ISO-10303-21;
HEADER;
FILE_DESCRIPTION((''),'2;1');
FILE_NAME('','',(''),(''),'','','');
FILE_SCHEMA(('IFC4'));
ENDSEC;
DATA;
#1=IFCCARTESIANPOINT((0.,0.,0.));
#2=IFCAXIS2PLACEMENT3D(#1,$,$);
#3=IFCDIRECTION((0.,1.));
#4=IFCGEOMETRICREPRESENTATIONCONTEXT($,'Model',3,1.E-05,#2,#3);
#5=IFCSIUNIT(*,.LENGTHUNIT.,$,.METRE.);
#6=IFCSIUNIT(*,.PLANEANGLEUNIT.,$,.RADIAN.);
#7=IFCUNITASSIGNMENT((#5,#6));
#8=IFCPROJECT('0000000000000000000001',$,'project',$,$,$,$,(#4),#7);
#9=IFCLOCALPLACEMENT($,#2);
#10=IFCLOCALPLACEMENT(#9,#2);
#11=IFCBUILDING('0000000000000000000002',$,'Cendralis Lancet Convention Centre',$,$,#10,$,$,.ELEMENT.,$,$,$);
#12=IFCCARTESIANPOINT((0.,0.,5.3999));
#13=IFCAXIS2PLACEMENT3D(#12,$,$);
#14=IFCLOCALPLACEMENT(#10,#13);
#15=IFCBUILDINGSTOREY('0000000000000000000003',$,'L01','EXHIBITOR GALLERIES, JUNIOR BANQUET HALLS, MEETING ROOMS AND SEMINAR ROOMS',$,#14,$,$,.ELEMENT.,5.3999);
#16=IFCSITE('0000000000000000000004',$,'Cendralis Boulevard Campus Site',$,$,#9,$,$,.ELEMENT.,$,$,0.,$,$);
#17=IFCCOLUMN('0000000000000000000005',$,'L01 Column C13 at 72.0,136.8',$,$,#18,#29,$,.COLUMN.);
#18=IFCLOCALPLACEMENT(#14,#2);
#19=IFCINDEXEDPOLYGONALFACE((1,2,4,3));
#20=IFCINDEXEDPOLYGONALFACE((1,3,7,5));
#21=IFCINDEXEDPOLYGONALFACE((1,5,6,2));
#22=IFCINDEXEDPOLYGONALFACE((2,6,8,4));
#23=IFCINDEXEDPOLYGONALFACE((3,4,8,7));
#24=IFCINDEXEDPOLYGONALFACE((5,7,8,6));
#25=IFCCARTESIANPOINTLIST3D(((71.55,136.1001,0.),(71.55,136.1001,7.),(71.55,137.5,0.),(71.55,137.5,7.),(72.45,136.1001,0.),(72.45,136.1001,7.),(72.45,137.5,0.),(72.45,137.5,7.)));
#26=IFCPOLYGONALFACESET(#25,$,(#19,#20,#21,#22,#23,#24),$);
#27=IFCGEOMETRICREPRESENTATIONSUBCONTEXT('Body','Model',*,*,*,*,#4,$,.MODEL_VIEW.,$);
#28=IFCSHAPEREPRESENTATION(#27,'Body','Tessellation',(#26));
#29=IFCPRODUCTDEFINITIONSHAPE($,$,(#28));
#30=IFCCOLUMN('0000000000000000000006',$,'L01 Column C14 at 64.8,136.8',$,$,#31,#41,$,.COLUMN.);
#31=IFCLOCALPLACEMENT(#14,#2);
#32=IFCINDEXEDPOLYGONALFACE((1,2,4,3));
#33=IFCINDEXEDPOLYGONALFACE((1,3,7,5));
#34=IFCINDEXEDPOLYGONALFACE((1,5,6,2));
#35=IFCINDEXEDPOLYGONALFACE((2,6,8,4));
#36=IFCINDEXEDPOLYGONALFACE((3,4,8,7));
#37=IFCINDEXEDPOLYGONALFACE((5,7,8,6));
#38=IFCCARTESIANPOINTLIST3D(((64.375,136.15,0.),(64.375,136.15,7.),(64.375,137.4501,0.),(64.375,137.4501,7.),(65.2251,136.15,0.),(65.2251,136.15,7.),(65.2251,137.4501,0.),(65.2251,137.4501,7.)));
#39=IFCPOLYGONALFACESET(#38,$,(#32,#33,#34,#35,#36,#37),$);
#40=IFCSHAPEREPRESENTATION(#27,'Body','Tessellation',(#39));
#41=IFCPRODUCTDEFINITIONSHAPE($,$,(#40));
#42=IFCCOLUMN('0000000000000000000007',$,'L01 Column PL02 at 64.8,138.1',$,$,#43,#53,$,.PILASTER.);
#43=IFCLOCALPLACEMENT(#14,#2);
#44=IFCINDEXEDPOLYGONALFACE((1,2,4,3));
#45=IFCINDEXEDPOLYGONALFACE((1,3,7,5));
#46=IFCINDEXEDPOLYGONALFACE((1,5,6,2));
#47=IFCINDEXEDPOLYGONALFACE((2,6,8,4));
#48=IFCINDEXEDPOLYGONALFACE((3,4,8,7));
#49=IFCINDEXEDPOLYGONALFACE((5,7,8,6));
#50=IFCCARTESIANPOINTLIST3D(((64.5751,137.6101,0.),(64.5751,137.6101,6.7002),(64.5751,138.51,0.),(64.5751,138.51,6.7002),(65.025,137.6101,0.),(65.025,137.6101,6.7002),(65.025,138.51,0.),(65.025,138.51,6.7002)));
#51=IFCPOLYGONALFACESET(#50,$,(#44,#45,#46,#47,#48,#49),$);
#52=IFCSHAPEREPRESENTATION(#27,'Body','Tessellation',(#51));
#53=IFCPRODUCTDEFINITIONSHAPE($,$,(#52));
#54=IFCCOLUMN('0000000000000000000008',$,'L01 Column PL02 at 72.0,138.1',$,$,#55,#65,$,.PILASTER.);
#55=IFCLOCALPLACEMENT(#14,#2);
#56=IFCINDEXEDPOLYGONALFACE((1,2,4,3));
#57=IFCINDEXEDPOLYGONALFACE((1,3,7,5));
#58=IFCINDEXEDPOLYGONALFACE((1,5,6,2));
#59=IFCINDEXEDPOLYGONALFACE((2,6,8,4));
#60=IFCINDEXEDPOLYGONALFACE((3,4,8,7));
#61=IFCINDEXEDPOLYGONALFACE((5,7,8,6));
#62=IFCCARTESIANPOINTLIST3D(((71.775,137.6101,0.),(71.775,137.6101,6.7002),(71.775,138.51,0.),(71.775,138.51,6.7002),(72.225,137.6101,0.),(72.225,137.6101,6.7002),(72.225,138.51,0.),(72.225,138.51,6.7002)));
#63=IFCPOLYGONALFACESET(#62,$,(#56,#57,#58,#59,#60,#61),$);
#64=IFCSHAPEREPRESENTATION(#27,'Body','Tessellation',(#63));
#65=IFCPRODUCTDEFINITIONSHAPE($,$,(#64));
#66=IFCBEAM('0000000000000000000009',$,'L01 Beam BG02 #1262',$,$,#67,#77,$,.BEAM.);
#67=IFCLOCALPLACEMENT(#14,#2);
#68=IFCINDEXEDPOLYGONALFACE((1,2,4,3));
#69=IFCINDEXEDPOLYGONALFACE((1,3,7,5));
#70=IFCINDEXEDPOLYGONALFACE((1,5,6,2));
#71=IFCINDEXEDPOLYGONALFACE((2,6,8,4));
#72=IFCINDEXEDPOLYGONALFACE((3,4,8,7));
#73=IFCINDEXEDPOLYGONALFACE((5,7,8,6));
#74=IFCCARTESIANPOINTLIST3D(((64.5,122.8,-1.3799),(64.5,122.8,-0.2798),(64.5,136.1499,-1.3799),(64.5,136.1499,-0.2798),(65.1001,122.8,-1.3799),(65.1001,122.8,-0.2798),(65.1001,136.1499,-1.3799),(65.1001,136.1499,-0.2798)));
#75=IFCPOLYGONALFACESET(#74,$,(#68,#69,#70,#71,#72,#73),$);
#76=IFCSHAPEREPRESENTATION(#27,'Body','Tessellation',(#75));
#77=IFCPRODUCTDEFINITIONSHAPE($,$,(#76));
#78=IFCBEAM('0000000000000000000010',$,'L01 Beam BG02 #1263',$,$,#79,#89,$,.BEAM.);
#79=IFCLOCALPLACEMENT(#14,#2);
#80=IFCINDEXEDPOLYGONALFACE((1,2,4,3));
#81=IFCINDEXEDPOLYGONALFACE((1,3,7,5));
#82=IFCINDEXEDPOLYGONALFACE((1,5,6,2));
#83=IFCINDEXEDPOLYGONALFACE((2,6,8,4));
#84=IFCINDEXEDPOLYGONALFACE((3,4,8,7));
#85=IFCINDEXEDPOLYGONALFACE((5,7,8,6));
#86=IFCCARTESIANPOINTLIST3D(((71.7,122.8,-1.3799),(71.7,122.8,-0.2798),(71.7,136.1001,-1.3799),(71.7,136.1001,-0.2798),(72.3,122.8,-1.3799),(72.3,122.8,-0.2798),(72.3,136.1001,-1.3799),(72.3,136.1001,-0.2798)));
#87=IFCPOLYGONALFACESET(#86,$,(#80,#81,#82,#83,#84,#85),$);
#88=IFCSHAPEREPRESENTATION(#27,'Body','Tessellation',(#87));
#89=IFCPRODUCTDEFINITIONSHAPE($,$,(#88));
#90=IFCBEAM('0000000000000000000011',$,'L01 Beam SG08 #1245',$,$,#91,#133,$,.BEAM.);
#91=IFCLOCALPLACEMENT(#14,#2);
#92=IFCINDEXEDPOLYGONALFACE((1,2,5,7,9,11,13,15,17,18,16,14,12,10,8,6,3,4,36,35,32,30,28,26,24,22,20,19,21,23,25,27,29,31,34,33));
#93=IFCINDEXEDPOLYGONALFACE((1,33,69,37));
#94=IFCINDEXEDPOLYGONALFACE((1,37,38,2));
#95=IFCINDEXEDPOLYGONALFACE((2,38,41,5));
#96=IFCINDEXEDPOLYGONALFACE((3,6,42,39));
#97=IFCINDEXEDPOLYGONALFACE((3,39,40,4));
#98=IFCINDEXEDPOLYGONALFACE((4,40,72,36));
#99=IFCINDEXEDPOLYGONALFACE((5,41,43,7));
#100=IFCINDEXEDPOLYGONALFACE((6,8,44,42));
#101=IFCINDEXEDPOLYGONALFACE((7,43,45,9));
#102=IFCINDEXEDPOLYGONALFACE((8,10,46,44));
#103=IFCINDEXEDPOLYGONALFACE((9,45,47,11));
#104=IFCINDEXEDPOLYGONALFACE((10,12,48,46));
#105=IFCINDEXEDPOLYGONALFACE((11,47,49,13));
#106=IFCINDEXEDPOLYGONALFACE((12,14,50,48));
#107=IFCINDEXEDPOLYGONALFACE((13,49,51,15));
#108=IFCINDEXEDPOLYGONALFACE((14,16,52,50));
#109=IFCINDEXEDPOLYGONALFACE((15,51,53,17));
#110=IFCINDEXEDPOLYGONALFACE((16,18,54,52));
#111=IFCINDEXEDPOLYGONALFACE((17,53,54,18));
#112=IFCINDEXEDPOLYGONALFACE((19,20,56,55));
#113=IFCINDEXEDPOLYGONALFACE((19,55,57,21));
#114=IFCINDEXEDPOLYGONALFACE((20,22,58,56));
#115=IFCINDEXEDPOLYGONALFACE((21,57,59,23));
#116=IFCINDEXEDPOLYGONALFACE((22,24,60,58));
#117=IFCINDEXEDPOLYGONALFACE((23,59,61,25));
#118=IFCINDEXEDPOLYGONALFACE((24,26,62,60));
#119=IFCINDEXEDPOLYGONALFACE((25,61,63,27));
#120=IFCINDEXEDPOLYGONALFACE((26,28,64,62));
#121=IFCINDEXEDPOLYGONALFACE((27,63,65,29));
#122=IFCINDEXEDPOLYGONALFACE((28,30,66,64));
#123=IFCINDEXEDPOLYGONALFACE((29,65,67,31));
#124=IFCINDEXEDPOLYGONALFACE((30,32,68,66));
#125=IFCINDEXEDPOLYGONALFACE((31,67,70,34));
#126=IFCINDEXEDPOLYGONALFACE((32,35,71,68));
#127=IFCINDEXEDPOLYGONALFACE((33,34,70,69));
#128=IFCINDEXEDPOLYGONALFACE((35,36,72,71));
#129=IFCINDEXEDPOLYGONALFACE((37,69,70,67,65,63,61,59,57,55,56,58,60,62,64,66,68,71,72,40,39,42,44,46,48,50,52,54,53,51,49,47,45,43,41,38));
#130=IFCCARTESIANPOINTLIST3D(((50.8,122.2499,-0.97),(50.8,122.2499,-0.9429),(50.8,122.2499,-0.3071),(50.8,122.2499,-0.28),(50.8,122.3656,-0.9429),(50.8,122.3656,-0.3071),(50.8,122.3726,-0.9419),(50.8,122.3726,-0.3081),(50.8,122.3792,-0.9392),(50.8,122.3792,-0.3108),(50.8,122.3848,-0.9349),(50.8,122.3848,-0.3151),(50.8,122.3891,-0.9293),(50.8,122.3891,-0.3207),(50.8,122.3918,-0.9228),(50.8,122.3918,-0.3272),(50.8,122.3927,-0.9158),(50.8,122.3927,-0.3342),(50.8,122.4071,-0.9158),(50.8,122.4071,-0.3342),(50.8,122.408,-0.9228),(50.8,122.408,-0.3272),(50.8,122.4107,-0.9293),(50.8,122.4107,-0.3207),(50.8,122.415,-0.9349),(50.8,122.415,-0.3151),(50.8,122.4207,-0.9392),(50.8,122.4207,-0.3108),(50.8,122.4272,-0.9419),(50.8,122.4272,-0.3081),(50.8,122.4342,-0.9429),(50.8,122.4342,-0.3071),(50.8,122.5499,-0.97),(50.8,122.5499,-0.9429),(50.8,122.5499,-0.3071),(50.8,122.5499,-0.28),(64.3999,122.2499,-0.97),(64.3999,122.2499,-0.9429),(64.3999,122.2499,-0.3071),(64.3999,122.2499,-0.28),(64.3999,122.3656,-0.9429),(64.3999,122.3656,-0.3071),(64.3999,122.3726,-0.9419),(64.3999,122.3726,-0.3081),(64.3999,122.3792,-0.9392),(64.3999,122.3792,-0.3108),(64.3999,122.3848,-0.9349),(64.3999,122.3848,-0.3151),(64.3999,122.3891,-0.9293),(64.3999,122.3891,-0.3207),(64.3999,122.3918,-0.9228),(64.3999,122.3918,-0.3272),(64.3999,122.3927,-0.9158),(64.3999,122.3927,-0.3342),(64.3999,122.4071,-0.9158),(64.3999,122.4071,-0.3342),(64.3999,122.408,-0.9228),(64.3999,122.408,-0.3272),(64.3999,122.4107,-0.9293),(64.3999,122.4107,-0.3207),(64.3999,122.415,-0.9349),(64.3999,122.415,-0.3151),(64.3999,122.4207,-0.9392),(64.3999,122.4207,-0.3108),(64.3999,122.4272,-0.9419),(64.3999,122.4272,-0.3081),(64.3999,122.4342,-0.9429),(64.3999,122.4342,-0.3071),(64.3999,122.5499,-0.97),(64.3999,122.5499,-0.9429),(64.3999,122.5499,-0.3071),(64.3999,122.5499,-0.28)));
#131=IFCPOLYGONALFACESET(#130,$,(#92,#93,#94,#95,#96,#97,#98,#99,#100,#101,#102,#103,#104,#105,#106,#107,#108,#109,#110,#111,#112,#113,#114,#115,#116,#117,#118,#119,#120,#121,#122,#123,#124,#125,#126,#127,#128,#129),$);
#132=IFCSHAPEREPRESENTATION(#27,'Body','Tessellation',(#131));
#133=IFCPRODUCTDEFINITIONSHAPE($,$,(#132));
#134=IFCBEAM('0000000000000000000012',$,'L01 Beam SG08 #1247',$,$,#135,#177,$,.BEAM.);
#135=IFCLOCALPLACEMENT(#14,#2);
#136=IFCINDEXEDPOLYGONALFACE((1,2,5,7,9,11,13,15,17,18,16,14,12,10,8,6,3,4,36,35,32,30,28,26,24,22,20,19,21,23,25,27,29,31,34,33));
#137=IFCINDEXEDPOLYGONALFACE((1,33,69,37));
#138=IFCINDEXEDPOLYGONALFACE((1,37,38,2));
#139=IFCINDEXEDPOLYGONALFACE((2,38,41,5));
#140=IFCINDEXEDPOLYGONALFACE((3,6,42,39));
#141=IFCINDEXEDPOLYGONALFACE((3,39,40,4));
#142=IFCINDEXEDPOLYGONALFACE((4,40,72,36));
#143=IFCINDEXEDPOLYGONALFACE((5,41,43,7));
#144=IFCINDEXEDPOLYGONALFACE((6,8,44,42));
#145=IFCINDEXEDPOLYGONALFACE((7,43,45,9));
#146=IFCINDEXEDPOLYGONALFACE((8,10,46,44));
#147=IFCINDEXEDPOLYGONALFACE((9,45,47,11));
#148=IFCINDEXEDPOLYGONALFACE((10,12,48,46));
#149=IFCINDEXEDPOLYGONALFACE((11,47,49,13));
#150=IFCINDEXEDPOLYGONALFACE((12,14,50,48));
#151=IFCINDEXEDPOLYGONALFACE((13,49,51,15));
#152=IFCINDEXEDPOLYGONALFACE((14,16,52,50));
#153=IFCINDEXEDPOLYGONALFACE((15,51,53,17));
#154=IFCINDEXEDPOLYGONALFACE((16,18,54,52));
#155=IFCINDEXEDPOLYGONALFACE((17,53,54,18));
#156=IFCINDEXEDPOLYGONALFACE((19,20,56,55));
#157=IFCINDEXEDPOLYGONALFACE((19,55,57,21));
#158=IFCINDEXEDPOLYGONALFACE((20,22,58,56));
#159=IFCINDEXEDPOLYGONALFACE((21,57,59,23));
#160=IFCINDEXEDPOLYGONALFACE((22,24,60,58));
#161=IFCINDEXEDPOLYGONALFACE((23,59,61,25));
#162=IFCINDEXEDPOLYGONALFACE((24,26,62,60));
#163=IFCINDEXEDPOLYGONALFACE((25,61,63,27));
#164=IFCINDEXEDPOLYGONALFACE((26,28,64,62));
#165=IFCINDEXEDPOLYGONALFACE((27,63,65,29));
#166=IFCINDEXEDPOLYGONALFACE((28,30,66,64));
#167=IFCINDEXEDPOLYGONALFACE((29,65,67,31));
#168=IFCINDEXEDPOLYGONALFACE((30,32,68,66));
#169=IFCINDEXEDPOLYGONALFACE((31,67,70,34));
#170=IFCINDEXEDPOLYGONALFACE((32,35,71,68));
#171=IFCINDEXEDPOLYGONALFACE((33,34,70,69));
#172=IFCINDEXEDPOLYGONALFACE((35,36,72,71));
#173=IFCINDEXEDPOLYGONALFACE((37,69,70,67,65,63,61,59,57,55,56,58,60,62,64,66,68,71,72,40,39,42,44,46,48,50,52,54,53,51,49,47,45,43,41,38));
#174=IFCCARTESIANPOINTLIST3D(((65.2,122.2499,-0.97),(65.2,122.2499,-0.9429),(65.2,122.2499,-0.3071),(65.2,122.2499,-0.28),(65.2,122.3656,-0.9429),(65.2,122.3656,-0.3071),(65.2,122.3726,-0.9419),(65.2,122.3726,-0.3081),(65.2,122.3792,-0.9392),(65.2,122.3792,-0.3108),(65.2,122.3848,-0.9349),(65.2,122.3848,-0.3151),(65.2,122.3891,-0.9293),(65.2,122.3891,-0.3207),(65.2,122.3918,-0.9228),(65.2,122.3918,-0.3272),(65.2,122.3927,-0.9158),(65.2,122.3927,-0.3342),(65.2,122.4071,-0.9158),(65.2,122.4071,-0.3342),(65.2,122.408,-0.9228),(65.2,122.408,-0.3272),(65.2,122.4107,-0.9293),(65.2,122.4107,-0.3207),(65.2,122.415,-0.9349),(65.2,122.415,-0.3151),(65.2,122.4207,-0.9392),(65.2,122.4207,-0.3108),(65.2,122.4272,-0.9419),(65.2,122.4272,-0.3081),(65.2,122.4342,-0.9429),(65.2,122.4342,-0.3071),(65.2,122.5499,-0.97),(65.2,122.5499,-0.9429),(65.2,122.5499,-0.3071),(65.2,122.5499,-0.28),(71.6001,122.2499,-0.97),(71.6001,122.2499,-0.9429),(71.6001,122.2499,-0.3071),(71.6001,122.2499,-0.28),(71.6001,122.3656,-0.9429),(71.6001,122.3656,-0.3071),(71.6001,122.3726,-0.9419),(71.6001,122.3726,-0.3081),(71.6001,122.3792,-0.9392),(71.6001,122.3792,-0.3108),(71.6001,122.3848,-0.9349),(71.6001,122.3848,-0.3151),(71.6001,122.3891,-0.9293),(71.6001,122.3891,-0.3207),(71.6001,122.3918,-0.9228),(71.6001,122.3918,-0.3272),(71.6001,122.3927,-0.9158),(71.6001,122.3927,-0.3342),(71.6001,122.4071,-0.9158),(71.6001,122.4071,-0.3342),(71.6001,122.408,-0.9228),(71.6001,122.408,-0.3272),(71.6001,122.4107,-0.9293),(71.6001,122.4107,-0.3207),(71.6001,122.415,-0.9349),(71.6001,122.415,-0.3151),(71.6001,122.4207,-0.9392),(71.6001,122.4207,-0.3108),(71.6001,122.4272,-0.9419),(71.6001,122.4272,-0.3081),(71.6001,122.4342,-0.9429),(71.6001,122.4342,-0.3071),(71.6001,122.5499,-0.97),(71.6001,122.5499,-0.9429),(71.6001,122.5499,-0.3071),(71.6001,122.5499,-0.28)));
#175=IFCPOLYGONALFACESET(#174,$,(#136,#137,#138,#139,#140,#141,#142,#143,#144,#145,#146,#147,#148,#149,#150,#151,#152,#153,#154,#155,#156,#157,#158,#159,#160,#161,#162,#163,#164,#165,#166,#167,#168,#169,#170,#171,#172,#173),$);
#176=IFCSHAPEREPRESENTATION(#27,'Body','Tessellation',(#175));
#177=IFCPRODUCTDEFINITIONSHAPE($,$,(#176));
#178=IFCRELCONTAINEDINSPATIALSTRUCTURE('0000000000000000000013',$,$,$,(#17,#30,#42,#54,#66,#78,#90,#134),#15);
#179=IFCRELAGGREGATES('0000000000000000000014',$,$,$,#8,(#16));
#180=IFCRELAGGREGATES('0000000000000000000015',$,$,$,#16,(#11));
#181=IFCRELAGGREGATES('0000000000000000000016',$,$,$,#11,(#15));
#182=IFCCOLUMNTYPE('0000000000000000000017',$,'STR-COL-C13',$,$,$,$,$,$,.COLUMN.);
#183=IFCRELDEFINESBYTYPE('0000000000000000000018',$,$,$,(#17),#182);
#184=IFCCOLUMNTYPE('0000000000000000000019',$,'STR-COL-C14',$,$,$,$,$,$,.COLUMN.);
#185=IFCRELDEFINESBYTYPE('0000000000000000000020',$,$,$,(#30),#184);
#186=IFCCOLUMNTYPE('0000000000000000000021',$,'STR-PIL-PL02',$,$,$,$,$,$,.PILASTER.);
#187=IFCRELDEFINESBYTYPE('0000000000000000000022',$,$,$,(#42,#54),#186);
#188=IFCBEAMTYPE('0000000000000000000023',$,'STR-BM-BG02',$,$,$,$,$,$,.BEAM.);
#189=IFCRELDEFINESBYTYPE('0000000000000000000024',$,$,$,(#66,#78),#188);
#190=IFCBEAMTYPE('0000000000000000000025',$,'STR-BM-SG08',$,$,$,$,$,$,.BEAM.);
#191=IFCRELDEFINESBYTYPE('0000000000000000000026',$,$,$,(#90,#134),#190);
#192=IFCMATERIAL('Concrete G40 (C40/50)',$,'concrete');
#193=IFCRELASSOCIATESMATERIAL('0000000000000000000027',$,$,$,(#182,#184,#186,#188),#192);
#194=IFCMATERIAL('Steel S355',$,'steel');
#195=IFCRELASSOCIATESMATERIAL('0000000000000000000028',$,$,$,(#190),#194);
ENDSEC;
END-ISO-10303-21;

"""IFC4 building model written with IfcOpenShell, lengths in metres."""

from ifc_helpers import new_model, si_unit, direction, frame, origin, origin_2d, place, context, subcontext, project, spatial, rectangle, i_section, extrude, material, material_profile, profile_set, type_object, element, save


model = new_model("IFC4")

# Units and contexts
model_context = context("Model", 3, precision=1e-05, world=origin(), true_north=direction((0.0, 1.0)))
body_context = subcontext(model_context, "Body", "Model", "MODEL_VIEW")
ifc_project = project(units=[si_unit("LENGTHUNIT", "METRE"), si_unit("PLANEANGLEUNIT", "RADIAN")], contexts=[model_context])

# Site, building, storey
site_placement = place(None, origin())
site = spatial("IfcSite", under=ifc_project, at=site_placement, Name="Cendralis Boulevard Campus Site", CompositionType="ELEMENT", RefElevation=0.0)
building_placement = place(site_placement, origin())
building = spatial("IfcBuilding", under=site, at=building_placement, Name="Cendralis Lancet Convention Centre", CompositionType="ELEMENT")
storey_placement = place(building_placement, frame((0.0, 0.0, 5.3999)))
storey = spatial("IfcBuildingStorey", under=building, at=storey_placement, Name="L01", Description="EXHIBITOR GALLERIES, JUNIOR BANQUET HALLS, MEETING ROOMS AND SEMINAR ROOMS", CompositionType="ELEMENT", Elevation=5.3999)

# Columns
ifc_material_1 = material(Name="Concrete G40 (C40/50)", Category="concrete")
ifc_material_profile_1 = material_profile(ifc_material_1, rectangle(XDim=0.8999, YDim=1.3999, at=origin_2d()), Name="RC 900x1400")
ifc_profile_set_1 = profile_set([ifc_material_profile_1], Name="Concrete G40 (C40/50)")
column_type_1 = type_object("IfcColumnType", Name="STR-COL-C13", PredefinedType="COLUMN", material=ifc_profile_set_1)
column_1_placement = place(storey_placement, frame((72.0, 136.8, 0.0), z_axis=(0.0, 0.0, 1.0), x_axis=(1.0, 0.0, 0.0)))
element("IfcColumn", 1, at=column_1_placement, inside=storey, type_object=column_type_1, Name="L01 Column C13 at 72.0,136.8", PredefinedType="COLUMN", context=body_context, shape_type="SweptSolid", body=[
    extrude(rectangle(XDim=0.8999, YDim=1.3999, at=origin_2d()), origin(), (0.0, 0.0, 1.0), 7.0),
])
ifc_material_profile_2 = material_profile(ifc_material_1, rectangle(XDim=0.8501, YDim=1.3, at=origin_2d()), Name="RC 850x1300")
ifc_profile_set_2 = profile_set([ifc_material_profile_2], Name="Concrete G40 (C40/50)")
column_type_2 = type_object("IfcColumnType", Name="STR-COL-C14", PredefinedType="COLUMN", material=ifc_profile_set_2)
column_2_placement = place(storey_placement, frame((64.8, 136.8, 0.0), z_axis=(0.0, 0.0, 1.0), x_axis=(1.0, 0.0, 0.0)))
element("IfcColumn", 2, at=column_2_placement, inside=storey, type_object=column_type_2, Name="L01 Column C14 at 64.8,136.8", PredefinedType="COLUMN", context=body_context, shape_type="SweptSolid", body=[
    extrude(rectangle(XDim=0.8501, YDim=1.3, at=origin_2d()), origin(), (0.0, 0.0, 1.0), 7.0),
])
ifc_material_profile_3 = material_profile(ifc_material_1, rectangle(XDim=0.45, YDim=0.8999, at=origin_2d()), Name="RC 450x900")
ifc_profile_set_3 = profile_set([ifc_material_profile_3], Name="Concrete G40 (C40/50)")
column_type_3 = type_object("IfcColumnType", Name="STR-PIL-PL02", PredefinedType="PILASTER", material=ifc_profile_set_3)
for number, where, z_axis, x_axis, name in (
    (3, (64.8, 138.0601, 0.0), (0.0, 0.0, 1.0), (1.0, 0.0, 0.0), "L01 Column PL02 at 64.8,138.1"),
    (4, (72.0, 138.0601, 0.0), (0.0, 0.0, 1.0), (1.0, 0.0, 0.0), "L01 Column PL02 at 72.0,138.1"),
):
    element("IfcColumn", number, at=place(storey_placement, frame(where, z_axis=z_axis, x_axis=x_axis)), inside=storey, type_object=column_type_3, Name=name, PredefinedType="PILASTER", context=body_context, shape_type="SweptSolid", body=[
        extrude(rectangle(XDim=0.45, YDim=0.8999, at=origin_2d()), origin(), (0.0, 0.0, 1.0), 6.7002),
    ])

# Beams
ifc_material_profile_4 = material_profile(ifc_material_1, rectangle(XDim=0.6001, YDim=1.1001, at=origin_2d()), Name="RCB 600x1100")
ifc_profile_set_4 = profile_set([ifc_material_profile_4], Name="Concrete G40 (C40/50)")
beam_type_1 = type_object("IfcBeamType", Name="STR-BM-BG02", PredefinedType="BEAM", material=ifc_profile_set_4)
beam_1_placement = place(storey_placement, frame((64.8, 122.8, -0.8298), z_axis=(0.0, 1.0, 0.0), x_axis=(-1.0, 0.0, 0.0)))
element("IfcBeam", 5, at=beam_1_placement, inside=storey, type_object=beam_type_1, Name="L01 Beam BG02 #1262", PredefinedType="BEAM", context=body_context, shape_type="SweptSolid", body=[
    extrude(rectangle(XDim=0.6001, YDim=1.1001, at=origin_2d()), origin(), (0.0, 0.0, 1.0), 13.3499),
])
beam_2_placement = place(storey_placement, frame((72.0, 122.8, -0.8298), z_axis=(0.0, 1.0, 0.0), x_axis=(-1.0, 0.0, 0.0)))
element("IfcBeam", 6, at=beam_2_placement, inside=storey, type_object=beam_type_1, Name="L01 Beam BG02 #1263", PredefinedType="BEAM", context=body_context, shape_type="SweptSolid", body=[
    extrude(rectangle(XDim=0.6001, YDim=1.1001, at=origin_2d()), origin(), (0.0, 0.0, 1.0), 13.3),
])
ifc_material_2 = material(Name="Steel S355", Category="steel")
ifc_material_profile_5 = material_profile(ifc_material_2, i_section(OverallWidth=0.3, OverallDepth=0.6899, WebThickness=0.0144, FlangeThickness=0.0271, FilletRadius=0.0271, at=origin_2d()), Name="HEA 700")
ifc_profile_set_5 = profile_set([ifc_material_profile_5], Name="Steel S355")
beam_type_2 = type_object("IfcBeamType", Name="STR-BM-SG08", PredefinedType="BEAM", material=ifc_profile_set_5)
beam_3_placement = place(storey_placement, frame((50.8, 122.3999, -0.625), z_axis=(1.0, 0.0, 0.0), x_axis=(0.0, 1.0, 0.0)))
element("IfcBeam", 7, at=beam_3_placement, inside=storey, type_object=beam_type_2, Name="L01 Beam SG08 #1245", PredefinedType="BEAM", context=body_context, shape_type="SweptSolid", body=[
    extrude(i_section(OverallWidth=0.3, OverallDepth=0.6899, WebThickness=0.0144, FlangeThickness=0.0271, FilletRadius=0.0271, at=origin_2d()), origin(), (0.0, 0.0, 1.0), 13.5999),
])
for number, where, z_axis, x_axis, name in (
    (8, (65.2, 122.3999, -0.625), (1.0, 0.0, 0.0), (0.0, 1.0, 0.0), "L01 Beam SG08 #1247"),
):
    element("IfcBeam", number, at=place(storey_placement, frame(where, z_axis=z_axis, x_axis=x_axis)), inside=storey, type_object=beam_type_2, Name=name, PredefinedType="BEAM", context=body_context, shape_type="SweptSolid", body=[
        extrude(i_section(OverallWidth=0.3, OverallDepth=0.6899, WebThickness=0.0144, FlangeThickness=0.0271, FilletRadius=0.0271, at=origin_2d()), origin(), (0.0, 0.0, 1.0), 6.4001),
    ])

save(model, "model.ifc")
